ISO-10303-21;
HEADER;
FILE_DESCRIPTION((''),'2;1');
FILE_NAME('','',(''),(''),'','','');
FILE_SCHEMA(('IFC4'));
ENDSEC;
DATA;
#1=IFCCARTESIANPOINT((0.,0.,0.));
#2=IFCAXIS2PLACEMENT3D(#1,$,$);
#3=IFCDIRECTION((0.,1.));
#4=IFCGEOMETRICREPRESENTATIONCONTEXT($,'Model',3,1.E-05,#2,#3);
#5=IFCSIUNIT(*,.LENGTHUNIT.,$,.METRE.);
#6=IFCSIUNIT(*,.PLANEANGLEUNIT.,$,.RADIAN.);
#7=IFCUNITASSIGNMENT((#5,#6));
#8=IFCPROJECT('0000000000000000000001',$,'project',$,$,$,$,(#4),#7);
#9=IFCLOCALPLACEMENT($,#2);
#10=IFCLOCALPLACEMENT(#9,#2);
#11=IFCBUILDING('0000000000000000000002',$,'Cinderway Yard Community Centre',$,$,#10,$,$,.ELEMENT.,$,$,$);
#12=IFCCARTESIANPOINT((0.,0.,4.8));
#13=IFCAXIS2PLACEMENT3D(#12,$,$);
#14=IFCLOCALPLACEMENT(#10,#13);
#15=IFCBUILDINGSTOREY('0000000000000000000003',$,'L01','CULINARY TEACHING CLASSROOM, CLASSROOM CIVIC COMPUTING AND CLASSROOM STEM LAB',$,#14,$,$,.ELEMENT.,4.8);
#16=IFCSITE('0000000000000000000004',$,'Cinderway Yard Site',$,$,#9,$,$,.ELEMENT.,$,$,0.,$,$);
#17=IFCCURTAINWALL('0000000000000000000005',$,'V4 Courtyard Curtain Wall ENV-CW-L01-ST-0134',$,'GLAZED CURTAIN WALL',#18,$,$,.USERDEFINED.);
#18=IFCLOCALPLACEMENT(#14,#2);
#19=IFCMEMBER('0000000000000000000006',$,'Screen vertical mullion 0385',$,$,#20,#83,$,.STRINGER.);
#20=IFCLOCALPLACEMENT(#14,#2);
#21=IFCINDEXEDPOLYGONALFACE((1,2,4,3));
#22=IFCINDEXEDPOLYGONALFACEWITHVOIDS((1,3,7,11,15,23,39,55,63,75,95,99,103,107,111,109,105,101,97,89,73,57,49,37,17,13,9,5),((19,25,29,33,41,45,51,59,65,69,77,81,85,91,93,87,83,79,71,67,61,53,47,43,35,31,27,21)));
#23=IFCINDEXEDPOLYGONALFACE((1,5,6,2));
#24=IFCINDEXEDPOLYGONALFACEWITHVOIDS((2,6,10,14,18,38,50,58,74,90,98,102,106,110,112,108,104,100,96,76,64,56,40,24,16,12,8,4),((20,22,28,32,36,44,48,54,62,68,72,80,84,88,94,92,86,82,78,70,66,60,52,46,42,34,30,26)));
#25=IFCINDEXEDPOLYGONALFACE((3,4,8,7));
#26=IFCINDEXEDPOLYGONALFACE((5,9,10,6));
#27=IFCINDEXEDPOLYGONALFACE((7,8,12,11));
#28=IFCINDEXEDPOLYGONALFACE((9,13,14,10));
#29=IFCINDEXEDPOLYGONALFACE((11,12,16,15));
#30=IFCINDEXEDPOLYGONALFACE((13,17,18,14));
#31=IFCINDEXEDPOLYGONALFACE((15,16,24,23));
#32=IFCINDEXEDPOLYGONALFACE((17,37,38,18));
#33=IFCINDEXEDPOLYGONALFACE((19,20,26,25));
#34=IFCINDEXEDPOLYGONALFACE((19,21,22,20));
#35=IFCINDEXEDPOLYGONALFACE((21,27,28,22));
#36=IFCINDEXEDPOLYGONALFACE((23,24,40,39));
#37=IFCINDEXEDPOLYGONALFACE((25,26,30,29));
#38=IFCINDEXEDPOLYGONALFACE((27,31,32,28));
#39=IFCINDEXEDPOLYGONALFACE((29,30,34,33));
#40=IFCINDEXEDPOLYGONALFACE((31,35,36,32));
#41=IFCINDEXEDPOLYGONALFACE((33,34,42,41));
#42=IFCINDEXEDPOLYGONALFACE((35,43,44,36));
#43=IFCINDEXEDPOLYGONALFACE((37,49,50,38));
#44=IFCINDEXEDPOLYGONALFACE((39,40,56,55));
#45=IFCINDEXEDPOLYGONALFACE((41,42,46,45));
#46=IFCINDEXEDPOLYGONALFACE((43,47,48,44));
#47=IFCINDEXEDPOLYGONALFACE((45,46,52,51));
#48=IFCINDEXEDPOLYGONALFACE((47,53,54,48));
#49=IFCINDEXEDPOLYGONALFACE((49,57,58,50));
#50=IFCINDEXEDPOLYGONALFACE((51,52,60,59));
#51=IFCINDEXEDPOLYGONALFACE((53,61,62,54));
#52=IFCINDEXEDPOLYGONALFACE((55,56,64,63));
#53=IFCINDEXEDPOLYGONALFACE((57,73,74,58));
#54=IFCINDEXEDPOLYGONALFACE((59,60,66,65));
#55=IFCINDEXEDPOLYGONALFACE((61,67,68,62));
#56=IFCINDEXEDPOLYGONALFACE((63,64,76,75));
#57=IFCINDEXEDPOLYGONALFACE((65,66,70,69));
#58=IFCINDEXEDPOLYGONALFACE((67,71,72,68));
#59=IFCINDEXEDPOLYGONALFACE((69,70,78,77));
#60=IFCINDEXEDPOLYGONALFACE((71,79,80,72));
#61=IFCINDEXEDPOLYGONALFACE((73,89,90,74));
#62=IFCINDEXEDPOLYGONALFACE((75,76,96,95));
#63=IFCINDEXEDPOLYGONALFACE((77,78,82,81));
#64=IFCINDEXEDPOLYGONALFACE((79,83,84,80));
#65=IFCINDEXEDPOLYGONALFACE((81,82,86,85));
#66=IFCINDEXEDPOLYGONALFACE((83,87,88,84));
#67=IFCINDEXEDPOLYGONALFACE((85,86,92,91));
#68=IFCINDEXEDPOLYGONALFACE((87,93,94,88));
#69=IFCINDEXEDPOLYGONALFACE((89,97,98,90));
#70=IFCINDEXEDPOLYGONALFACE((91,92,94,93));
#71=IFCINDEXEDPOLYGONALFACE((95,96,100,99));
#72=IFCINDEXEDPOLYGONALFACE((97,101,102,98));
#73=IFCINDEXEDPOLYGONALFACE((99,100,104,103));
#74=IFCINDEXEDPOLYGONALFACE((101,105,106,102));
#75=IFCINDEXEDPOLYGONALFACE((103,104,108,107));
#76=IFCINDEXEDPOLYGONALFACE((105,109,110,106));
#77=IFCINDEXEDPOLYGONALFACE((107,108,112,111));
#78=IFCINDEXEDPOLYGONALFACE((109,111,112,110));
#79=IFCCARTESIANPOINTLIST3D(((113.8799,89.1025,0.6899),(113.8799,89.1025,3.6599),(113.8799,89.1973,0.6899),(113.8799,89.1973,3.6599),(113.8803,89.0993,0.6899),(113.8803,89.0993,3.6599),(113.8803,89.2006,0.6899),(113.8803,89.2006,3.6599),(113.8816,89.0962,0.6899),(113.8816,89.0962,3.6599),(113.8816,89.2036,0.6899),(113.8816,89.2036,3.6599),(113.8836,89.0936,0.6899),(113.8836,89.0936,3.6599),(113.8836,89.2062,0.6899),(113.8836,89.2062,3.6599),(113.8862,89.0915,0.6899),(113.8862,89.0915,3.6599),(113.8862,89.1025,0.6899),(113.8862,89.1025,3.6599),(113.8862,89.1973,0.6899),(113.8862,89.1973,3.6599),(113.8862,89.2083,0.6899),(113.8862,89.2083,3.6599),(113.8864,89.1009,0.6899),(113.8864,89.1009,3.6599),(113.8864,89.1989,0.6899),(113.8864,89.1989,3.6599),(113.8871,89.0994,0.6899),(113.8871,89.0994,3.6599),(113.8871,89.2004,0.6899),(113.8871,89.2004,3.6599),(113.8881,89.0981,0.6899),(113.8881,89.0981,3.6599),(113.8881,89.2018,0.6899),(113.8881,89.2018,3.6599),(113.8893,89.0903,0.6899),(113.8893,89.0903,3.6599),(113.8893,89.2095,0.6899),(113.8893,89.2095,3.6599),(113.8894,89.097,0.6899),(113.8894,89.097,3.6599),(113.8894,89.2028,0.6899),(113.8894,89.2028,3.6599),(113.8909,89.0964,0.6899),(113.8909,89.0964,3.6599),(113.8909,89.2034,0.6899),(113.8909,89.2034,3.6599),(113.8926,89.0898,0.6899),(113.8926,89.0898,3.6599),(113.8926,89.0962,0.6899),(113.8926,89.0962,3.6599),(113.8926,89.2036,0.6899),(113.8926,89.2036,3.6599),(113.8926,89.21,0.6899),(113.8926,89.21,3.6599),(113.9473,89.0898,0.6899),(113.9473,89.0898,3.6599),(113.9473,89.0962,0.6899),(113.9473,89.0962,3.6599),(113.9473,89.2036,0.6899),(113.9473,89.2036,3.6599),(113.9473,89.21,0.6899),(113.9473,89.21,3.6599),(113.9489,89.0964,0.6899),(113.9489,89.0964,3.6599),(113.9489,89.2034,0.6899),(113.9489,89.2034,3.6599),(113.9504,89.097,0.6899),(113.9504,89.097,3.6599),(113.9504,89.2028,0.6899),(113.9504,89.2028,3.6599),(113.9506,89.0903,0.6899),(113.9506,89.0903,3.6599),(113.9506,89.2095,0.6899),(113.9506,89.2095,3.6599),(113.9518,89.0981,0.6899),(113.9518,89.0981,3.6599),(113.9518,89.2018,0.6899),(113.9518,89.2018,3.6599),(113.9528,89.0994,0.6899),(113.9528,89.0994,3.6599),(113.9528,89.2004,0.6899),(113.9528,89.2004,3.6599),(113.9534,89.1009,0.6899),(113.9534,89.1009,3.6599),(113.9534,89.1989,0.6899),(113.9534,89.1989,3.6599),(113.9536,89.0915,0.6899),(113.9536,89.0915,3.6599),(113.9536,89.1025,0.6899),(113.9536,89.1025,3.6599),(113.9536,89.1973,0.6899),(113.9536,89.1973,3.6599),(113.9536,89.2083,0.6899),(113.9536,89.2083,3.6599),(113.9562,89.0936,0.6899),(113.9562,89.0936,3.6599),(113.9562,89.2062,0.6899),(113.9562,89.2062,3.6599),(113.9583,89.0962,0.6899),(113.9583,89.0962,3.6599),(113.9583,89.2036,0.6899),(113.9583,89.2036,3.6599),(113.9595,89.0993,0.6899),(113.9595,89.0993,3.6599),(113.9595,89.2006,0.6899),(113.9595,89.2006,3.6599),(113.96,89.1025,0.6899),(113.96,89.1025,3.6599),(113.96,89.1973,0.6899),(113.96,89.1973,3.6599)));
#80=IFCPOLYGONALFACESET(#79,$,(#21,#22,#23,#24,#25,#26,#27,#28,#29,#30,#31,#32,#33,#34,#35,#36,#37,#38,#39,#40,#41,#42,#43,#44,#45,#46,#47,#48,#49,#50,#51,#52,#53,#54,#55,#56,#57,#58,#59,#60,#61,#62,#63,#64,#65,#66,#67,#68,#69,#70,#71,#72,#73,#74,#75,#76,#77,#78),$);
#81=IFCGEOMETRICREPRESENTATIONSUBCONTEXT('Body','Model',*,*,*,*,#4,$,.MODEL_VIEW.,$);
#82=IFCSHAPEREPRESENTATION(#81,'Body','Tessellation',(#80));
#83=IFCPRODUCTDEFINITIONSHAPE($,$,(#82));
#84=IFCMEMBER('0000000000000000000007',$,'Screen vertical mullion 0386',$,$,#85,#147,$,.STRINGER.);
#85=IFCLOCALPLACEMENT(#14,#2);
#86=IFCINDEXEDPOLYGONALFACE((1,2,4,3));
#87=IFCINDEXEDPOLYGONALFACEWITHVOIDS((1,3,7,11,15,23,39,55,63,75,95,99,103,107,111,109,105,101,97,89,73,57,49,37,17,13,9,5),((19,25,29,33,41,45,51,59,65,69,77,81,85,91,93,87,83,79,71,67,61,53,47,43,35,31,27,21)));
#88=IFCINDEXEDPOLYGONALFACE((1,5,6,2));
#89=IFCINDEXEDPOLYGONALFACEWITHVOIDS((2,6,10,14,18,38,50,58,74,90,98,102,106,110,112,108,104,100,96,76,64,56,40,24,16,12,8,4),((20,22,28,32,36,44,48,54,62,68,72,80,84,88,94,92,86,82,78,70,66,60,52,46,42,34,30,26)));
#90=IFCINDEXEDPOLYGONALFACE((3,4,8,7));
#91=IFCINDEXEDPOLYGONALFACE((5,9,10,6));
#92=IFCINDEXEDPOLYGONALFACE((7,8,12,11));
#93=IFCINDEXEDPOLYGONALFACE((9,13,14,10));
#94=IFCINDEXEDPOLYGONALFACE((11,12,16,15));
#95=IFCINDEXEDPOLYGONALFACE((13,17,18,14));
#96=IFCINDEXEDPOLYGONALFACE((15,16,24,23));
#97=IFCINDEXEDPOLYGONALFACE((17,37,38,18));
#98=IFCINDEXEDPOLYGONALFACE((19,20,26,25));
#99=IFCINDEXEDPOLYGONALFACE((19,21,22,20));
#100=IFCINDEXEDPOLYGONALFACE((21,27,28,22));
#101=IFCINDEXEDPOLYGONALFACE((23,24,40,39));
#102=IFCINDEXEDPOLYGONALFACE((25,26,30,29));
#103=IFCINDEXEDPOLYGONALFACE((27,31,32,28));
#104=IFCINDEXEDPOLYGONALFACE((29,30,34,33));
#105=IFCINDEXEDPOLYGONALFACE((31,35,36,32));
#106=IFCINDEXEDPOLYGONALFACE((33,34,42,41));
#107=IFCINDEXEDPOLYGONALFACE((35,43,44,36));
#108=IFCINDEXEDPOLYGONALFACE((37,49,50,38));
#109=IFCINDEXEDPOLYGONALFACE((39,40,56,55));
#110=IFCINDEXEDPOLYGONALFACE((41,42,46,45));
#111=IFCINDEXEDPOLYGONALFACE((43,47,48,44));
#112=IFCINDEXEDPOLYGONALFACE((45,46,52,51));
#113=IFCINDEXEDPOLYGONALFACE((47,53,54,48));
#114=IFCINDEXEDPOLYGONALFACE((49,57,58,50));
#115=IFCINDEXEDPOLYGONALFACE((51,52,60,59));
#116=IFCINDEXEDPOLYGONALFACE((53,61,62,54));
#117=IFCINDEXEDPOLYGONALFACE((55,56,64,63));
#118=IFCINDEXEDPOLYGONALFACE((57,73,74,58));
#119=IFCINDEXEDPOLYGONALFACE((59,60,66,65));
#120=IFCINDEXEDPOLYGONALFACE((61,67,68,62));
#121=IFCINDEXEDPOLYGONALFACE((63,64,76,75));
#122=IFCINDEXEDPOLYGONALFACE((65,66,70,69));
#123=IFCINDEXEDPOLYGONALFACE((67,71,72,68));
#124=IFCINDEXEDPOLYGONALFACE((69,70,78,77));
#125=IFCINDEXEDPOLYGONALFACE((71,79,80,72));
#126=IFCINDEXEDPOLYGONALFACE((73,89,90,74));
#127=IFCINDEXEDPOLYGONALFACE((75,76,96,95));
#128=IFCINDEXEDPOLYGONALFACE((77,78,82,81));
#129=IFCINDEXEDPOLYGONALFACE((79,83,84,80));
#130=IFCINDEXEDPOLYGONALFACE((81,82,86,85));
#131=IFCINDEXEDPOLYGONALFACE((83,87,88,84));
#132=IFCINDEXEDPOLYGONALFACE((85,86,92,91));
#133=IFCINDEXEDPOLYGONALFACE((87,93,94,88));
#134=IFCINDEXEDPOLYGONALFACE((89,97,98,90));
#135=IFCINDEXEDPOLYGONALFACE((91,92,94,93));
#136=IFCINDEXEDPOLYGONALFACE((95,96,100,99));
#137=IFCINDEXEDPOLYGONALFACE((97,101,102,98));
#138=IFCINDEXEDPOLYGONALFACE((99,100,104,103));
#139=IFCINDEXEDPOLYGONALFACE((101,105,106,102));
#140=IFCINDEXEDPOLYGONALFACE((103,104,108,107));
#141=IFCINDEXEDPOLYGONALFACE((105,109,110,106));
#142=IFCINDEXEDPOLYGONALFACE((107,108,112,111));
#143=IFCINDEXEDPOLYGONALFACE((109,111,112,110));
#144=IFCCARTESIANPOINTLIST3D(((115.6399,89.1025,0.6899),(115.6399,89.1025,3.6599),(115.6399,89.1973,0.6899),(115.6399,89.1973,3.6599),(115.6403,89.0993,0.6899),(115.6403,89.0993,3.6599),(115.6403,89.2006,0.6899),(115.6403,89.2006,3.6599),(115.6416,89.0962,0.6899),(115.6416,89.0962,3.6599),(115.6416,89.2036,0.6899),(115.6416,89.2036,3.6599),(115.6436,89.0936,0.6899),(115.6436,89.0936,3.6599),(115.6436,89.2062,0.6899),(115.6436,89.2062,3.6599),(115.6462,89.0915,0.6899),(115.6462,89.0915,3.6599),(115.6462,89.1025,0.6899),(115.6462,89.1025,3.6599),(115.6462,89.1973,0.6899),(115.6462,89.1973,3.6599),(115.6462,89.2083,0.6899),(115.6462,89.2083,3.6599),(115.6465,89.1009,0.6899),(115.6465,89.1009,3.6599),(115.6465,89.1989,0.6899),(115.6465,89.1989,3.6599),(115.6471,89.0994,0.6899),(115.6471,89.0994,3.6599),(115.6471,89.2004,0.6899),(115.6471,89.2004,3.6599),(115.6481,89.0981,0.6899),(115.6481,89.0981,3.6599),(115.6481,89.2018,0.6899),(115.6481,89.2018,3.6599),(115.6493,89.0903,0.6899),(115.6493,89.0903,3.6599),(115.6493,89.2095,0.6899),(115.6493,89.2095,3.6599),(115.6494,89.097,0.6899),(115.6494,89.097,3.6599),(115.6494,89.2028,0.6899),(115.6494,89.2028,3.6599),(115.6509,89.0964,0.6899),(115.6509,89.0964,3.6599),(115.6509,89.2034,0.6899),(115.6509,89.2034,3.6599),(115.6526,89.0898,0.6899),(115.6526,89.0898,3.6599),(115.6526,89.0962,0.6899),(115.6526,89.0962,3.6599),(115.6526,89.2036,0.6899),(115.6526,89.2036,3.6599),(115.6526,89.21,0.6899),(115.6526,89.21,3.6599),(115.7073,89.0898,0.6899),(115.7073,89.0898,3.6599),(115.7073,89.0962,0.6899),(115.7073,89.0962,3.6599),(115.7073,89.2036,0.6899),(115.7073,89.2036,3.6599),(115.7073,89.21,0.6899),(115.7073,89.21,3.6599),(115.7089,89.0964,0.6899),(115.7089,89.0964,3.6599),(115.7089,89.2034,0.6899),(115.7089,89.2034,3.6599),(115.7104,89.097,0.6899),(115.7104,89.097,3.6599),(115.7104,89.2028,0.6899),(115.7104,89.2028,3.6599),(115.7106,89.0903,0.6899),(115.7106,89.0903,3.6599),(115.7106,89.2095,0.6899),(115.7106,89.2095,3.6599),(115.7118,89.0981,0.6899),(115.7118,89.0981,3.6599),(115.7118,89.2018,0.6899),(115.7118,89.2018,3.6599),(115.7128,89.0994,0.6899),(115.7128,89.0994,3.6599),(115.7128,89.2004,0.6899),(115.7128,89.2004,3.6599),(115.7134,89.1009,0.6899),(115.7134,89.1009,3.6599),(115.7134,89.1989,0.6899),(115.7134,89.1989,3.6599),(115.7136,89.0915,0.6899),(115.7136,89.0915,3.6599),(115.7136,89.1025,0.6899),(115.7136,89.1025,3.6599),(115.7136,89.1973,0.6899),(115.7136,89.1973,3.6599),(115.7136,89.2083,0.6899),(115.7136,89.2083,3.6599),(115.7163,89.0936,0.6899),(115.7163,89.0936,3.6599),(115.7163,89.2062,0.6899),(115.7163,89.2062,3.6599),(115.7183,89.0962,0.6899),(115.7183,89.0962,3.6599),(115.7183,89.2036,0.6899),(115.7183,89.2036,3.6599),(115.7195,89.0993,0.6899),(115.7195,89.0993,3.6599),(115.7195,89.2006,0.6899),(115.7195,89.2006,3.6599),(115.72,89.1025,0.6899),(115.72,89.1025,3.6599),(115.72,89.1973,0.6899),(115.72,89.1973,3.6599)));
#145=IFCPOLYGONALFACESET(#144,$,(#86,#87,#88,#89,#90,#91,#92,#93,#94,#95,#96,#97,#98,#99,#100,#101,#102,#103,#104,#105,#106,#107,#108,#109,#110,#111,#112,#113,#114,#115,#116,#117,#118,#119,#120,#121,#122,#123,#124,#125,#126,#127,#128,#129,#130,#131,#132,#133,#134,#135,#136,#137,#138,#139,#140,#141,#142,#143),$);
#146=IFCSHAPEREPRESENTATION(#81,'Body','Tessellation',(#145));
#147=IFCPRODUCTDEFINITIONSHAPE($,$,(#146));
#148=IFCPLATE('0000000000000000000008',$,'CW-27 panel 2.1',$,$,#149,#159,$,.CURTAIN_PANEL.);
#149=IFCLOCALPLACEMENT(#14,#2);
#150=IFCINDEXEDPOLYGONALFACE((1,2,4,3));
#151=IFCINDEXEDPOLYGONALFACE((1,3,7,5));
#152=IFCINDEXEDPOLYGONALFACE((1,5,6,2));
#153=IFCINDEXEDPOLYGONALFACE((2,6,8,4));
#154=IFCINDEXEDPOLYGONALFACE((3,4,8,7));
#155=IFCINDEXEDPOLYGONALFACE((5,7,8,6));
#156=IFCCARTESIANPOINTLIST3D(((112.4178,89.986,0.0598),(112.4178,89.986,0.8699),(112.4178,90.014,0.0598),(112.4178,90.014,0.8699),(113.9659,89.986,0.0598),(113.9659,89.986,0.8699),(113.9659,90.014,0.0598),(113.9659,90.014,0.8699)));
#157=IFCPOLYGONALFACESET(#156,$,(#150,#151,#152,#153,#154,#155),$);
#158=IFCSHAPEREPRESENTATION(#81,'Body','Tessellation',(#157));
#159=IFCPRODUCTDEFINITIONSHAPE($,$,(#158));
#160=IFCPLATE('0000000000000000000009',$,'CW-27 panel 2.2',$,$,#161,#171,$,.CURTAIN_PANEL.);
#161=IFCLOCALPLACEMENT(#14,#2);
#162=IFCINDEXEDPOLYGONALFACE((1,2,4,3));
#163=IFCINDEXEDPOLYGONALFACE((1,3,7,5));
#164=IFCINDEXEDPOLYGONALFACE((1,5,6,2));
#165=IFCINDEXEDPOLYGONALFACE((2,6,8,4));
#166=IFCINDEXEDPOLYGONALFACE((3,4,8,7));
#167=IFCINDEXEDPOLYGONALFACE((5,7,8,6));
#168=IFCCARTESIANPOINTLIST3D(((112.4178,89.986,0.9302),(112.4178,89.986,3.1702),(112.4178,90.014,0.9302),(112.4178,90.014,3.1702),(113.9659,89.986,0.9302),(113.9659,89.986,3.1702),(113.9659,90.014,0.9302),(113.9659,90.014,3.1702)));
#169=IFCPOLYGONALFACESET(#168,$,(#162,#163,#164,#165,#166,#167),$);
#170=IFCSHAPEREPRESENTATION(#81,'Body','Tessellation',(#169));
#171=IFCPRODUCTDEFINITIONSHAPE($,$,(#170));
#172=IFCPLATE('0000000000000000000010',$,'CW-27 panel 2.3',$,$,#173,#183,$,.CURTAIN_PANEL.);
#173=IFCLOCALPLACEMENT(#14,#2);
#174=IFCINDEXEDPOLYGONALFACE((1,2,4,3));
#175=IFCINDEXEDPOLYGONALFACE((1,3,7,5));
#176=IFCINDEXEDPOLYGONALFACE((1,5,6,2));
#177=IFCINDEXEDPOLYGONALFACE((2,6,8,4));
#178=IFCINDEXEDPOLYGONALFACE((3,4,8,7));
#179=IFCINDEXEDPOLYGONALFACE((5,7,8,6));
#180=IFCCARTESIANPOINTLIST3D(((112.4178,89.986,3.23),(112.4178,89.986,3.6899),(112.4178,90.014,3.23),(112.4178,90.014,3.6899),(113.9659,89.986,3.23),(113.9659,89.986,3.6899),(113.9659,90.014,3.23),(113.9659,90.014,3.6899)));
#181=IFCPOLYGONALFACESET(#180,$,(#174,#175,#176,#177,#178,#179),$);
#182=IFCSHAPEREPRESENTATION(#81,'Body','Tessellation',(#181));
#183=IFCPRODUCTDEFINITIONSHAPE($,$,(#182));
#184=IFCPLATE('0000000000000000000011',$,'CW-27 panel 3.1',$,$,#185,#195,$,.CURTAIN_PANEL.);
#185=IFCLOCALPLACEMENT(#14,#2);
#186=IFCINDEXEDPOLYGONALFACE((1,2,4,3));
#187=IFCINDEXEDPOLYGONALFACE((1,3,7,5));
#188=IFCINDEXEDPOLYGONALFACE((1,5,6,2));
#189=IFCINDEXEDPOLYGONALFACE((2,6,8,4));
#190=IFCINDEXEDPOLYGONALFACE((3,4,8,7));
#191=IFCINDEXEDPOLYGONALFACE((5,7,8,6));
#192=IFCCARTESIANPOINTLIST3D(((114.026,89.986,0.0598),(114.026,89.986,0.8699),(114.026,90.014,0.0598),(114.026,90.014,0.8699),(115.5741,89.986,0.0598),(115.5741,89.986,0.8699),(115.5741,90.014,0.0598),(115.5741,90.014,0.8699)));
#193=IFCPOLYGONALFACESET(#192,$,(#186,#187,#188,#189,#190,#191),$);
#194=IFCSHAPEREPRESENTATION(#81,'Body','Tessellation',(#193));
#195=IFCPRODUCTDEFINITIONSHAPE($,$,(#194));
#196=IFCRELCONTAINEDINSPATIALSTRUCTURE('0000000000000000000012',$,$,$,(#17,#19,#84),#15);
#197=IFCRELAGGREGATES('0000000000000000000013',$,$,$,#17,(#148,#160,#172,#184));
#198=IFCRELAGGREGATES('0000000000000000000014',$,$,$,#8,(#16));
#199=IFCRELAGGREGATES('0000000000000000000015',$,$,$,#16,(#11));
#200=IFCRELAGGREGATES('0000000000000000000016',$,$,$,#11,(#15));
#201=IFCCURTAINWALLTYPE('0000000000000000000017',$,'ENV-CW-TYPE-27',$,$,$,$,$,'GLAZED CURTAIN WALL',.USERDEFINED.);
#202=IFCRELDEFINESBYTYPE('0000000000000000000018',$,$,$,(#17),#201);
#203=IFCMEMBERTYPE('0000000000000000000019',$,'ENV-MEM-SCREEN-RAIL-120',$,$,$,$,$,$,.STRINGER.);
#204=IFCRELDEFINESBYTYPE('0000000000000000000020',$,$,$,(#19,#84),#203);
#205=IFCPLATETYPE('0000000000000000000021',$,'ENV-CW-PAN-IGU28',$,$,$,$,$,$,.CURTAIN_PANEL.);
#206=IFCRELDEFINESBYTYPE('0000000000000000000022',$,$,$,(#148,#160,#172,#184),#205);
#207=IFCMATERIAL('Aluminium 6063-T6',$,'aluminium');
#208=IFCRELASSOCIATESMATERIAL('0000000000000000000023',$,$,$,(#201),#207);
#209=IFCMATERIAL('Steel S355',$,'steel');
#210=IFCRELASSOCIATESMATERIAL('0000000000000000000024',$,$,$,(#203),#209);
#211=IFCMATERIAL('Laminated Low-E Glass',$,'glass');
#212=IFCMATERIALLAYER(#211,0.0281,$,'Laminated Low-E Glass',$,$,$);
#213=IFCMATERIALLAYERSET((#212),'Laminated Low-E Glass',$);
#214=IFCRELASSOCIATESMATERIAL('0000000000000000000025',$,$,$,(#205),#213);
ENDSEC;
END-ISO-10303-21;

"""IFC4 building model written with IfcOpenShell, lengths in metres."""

from ifc_helpers import new_model, si_unit, direction, frame, origin, origin_2d, place, context, subcontext, project, spatial, rectangle, hollow_rectangle, extrude, material, layer, layer_set, material_profile, profile_set, type_object, element, aggregate, save


model = new_model("IFC4")

# Units and contexts
model_context = context("Model", 3, precision=1e-05, world=origin(), true_north=direction((0.0, 1.0)))
body_context = subcontext(model_context, "Body", "Model", "MODEL_VIEW")
ifc_project = project(units=[si_unit("LENGTHUNIT", "METRE"), si_unit("PLANEANGLEUNIT", "RADIAN")], contexts=[model_context])

# Site, building, storey
site_placement = place(None, origin())
site = spatial("IfcSite", under=ifc_project, at=site_placement, Name="Cinderway Yard Site", CompositionType="ELEMENT", RefElevation=0.0)
building_placement = place(site_placement, origin())
building = spatial("IfcBuilding", under=site, at=building_placement, Name="Cinderway Yard Community Centre", CompositionType="ELEMENT")
storey_placement = place(building_placement, frame((0.0, 0.0, 4.8)))
storey = spatial("IfcBuildingStorey", under=building, at=storey_placement, Name="L01", Description="CULINARY TEACHING CLASSROOM, CLASSROOM CIVIC COMPUTING AND CLASSROOM STEM LAB", CompositionType="ELEMENT", Elevation=4.8)

# Curtain wall
ifc_material_1 = material(Name="Aluminium 6063-T6", Category="aluminium")
curtain_wall_type = type_object("IfcCurtainWallType", Name="ENV-CW-TYPE-27", ElementType="GLAZED CURTAIN WALL", PredefinedType="USERDEFINED", material=ifc_material_1)
curtain_wall_placement = place(storey_placement, origin())
curtain_wall = element("IfcCurtainWall", 1, at=curtain_wall_placement, inside=storey, type_object=curtain_wall_type, Name="V4 Courtyard Curtain Wall ENV-CW-L01-ST-0134", ObjectType="GLAZED CURTAIN WALL", PredefinedType="USERDEFINED")

# Members
ifc_material_2 = material(Name="Steel S355", Category="steel")
ifc_material_profile_1 = material_profile(ifc_material_2, hollow_rectangle(XDim=0.0801, YDim=0.1201, WallThickness=0.0063, InnerFilletRadius=0.0063, OuterFilletRadius=0.0127, at=origin_2d()), Name="Steel S355")
ifc_profile_set_1 = profile_set([ifc_material_profile_1], Name="Steel S355")
member_type_1 = type_object("IfcMemberType", Name="ENV-MEM-SCREEN-RAIL-120", PredefinedType="STRINGER", material=ifc_profile_set_1)
for number, where, z_axis, x_axis, name in (
    (2, (113.9199, 89.1499, 0.6899), (0.0, 0.0, 1.0), (1.0, 0.0, 0.0), "Screen vertical mullion 0385"),
    (3, (115.6799, 89.1499, 0.6899), (0.0, 0.0, 1.0), (1.0, 0.0, 0.0), "Screen vertical mullion 0386"),
):
    element("IfcMember", number, at=place(storey_placement, frame(where, z_axis=z_axis, x_axis=x_axis)), inside=storey, type_object=member_type_1, Name=name, PredefinedType="STRINGER", context=body_context, shape_type="SweptSolid", body=[
        extrude(hollow_rectangle(XDim=0.0801, YDim=0.1201, WallThickness=0.0063, InnerFilletRadius=0.0063, OuterFilletRadius=0.0127, at=origin_2d()), origin(), (0.0, 0.0, 1.0), 2.97),
    ])

# Plates
ifc_material_3 = material(Name="Laminated Low-E Glass", Category="glass")
ifc_layer_1 = layer(ifc_material_3, 0.0281, Name="Laminated Low-E Glass")
ifc_layer_set_1 = layer_set([ifc_layer_1], Name="Laminated Low-E Glass")
plate_type_1 = type_object("IfcPlateType", Name="ENV-CW-PAN-IGU28", PredefinedType="CURTAIN_PANEL", material=ifc_layer_set_1)
plate_1_placement = place(storey_placement, frame((113.1919, 90.0, 0.0598), z_axis=(0.0, 0.0, 1.0), x_axis=(1.0, 0.0, 0.0)))
plate_1 = element("IfcPlate", 4, at=plate_1_placement, type_object=plate_type_1, Name="CW-27 panel 2.1", PredefinedType="CURTAIN_PANEL", context=body_context, shape_type="SweptSolid", body=[
    extrude(rectangle(XDim=1.5481, YDim=0.0281, at=origin_2d()), origin(), (0.0, 0.0, 1.0), 0.8101),
])
plate_2_placement = place(storey_placement, frame((113.1919, 90.0, 0.9302), z_axis=(0.0, 0.0, 1.0), x_axis=(1.0, 0.0, 0.0)))
plate_2 = element("IfcPlate", 5, at=plate_2_placement, type_object=plate_type_1, Name="CW-27 panel 2.2", PredefinedType="CURTAIN_PANEL", context=body_context, shape_type="SweptSolid", body=[
    extrude(rectangle(XDim=1.5481, YDim=0.0281, at=origin_2d()), origin(), (0.0, 0.0, 1.0), 2.24),
])
plate_3_placement = place(storey_placement, frame((113.1919, 90.0, 3.23), z_axis=(0.0, 0.0, 1.0), x_axis=(1.0, 0.0, 0.0)))
plate_3 = element("IfcPlate", 6, at=plate_3_placement, type_object=plate_type_1, Name="CW-27 panel 2.3", PredefinedType="CURTAIN_PANEL", context=body_context, shape_type="SweptSolid", body=[
    extrude(rectangle(XDim=1.5481, YDim=0.0281, at=origin_2d()), origin(), (0.0, 0.0, 1.0), 0.46),
])
plate_4_placement = place(storey_placement, frame((114.8, 90.0, 0.0598), z_axis=(0.0, 0.0, 1.0), x_axis=(1.0, 0.0, 0.0)))
plate_4 = element("IfcPlate", 7, at=plate_4_placement, type_object=plate_type_1, Name="CW-27 panel 3.1", PredefinedType="CURTAIN_PANEL", context=body_context, shape_type="SweptSolid", body=[
    extrude(rectangle(XDim=1.5481, YDim=0.0281, at=origin_2d()), origin(), (0.0, 0.0, 1.0), 0.8101),
])
aggregate(curtain_wall, [plate_1, plate_2, plate_3, plate_4])

save(model, "model.ifc")
